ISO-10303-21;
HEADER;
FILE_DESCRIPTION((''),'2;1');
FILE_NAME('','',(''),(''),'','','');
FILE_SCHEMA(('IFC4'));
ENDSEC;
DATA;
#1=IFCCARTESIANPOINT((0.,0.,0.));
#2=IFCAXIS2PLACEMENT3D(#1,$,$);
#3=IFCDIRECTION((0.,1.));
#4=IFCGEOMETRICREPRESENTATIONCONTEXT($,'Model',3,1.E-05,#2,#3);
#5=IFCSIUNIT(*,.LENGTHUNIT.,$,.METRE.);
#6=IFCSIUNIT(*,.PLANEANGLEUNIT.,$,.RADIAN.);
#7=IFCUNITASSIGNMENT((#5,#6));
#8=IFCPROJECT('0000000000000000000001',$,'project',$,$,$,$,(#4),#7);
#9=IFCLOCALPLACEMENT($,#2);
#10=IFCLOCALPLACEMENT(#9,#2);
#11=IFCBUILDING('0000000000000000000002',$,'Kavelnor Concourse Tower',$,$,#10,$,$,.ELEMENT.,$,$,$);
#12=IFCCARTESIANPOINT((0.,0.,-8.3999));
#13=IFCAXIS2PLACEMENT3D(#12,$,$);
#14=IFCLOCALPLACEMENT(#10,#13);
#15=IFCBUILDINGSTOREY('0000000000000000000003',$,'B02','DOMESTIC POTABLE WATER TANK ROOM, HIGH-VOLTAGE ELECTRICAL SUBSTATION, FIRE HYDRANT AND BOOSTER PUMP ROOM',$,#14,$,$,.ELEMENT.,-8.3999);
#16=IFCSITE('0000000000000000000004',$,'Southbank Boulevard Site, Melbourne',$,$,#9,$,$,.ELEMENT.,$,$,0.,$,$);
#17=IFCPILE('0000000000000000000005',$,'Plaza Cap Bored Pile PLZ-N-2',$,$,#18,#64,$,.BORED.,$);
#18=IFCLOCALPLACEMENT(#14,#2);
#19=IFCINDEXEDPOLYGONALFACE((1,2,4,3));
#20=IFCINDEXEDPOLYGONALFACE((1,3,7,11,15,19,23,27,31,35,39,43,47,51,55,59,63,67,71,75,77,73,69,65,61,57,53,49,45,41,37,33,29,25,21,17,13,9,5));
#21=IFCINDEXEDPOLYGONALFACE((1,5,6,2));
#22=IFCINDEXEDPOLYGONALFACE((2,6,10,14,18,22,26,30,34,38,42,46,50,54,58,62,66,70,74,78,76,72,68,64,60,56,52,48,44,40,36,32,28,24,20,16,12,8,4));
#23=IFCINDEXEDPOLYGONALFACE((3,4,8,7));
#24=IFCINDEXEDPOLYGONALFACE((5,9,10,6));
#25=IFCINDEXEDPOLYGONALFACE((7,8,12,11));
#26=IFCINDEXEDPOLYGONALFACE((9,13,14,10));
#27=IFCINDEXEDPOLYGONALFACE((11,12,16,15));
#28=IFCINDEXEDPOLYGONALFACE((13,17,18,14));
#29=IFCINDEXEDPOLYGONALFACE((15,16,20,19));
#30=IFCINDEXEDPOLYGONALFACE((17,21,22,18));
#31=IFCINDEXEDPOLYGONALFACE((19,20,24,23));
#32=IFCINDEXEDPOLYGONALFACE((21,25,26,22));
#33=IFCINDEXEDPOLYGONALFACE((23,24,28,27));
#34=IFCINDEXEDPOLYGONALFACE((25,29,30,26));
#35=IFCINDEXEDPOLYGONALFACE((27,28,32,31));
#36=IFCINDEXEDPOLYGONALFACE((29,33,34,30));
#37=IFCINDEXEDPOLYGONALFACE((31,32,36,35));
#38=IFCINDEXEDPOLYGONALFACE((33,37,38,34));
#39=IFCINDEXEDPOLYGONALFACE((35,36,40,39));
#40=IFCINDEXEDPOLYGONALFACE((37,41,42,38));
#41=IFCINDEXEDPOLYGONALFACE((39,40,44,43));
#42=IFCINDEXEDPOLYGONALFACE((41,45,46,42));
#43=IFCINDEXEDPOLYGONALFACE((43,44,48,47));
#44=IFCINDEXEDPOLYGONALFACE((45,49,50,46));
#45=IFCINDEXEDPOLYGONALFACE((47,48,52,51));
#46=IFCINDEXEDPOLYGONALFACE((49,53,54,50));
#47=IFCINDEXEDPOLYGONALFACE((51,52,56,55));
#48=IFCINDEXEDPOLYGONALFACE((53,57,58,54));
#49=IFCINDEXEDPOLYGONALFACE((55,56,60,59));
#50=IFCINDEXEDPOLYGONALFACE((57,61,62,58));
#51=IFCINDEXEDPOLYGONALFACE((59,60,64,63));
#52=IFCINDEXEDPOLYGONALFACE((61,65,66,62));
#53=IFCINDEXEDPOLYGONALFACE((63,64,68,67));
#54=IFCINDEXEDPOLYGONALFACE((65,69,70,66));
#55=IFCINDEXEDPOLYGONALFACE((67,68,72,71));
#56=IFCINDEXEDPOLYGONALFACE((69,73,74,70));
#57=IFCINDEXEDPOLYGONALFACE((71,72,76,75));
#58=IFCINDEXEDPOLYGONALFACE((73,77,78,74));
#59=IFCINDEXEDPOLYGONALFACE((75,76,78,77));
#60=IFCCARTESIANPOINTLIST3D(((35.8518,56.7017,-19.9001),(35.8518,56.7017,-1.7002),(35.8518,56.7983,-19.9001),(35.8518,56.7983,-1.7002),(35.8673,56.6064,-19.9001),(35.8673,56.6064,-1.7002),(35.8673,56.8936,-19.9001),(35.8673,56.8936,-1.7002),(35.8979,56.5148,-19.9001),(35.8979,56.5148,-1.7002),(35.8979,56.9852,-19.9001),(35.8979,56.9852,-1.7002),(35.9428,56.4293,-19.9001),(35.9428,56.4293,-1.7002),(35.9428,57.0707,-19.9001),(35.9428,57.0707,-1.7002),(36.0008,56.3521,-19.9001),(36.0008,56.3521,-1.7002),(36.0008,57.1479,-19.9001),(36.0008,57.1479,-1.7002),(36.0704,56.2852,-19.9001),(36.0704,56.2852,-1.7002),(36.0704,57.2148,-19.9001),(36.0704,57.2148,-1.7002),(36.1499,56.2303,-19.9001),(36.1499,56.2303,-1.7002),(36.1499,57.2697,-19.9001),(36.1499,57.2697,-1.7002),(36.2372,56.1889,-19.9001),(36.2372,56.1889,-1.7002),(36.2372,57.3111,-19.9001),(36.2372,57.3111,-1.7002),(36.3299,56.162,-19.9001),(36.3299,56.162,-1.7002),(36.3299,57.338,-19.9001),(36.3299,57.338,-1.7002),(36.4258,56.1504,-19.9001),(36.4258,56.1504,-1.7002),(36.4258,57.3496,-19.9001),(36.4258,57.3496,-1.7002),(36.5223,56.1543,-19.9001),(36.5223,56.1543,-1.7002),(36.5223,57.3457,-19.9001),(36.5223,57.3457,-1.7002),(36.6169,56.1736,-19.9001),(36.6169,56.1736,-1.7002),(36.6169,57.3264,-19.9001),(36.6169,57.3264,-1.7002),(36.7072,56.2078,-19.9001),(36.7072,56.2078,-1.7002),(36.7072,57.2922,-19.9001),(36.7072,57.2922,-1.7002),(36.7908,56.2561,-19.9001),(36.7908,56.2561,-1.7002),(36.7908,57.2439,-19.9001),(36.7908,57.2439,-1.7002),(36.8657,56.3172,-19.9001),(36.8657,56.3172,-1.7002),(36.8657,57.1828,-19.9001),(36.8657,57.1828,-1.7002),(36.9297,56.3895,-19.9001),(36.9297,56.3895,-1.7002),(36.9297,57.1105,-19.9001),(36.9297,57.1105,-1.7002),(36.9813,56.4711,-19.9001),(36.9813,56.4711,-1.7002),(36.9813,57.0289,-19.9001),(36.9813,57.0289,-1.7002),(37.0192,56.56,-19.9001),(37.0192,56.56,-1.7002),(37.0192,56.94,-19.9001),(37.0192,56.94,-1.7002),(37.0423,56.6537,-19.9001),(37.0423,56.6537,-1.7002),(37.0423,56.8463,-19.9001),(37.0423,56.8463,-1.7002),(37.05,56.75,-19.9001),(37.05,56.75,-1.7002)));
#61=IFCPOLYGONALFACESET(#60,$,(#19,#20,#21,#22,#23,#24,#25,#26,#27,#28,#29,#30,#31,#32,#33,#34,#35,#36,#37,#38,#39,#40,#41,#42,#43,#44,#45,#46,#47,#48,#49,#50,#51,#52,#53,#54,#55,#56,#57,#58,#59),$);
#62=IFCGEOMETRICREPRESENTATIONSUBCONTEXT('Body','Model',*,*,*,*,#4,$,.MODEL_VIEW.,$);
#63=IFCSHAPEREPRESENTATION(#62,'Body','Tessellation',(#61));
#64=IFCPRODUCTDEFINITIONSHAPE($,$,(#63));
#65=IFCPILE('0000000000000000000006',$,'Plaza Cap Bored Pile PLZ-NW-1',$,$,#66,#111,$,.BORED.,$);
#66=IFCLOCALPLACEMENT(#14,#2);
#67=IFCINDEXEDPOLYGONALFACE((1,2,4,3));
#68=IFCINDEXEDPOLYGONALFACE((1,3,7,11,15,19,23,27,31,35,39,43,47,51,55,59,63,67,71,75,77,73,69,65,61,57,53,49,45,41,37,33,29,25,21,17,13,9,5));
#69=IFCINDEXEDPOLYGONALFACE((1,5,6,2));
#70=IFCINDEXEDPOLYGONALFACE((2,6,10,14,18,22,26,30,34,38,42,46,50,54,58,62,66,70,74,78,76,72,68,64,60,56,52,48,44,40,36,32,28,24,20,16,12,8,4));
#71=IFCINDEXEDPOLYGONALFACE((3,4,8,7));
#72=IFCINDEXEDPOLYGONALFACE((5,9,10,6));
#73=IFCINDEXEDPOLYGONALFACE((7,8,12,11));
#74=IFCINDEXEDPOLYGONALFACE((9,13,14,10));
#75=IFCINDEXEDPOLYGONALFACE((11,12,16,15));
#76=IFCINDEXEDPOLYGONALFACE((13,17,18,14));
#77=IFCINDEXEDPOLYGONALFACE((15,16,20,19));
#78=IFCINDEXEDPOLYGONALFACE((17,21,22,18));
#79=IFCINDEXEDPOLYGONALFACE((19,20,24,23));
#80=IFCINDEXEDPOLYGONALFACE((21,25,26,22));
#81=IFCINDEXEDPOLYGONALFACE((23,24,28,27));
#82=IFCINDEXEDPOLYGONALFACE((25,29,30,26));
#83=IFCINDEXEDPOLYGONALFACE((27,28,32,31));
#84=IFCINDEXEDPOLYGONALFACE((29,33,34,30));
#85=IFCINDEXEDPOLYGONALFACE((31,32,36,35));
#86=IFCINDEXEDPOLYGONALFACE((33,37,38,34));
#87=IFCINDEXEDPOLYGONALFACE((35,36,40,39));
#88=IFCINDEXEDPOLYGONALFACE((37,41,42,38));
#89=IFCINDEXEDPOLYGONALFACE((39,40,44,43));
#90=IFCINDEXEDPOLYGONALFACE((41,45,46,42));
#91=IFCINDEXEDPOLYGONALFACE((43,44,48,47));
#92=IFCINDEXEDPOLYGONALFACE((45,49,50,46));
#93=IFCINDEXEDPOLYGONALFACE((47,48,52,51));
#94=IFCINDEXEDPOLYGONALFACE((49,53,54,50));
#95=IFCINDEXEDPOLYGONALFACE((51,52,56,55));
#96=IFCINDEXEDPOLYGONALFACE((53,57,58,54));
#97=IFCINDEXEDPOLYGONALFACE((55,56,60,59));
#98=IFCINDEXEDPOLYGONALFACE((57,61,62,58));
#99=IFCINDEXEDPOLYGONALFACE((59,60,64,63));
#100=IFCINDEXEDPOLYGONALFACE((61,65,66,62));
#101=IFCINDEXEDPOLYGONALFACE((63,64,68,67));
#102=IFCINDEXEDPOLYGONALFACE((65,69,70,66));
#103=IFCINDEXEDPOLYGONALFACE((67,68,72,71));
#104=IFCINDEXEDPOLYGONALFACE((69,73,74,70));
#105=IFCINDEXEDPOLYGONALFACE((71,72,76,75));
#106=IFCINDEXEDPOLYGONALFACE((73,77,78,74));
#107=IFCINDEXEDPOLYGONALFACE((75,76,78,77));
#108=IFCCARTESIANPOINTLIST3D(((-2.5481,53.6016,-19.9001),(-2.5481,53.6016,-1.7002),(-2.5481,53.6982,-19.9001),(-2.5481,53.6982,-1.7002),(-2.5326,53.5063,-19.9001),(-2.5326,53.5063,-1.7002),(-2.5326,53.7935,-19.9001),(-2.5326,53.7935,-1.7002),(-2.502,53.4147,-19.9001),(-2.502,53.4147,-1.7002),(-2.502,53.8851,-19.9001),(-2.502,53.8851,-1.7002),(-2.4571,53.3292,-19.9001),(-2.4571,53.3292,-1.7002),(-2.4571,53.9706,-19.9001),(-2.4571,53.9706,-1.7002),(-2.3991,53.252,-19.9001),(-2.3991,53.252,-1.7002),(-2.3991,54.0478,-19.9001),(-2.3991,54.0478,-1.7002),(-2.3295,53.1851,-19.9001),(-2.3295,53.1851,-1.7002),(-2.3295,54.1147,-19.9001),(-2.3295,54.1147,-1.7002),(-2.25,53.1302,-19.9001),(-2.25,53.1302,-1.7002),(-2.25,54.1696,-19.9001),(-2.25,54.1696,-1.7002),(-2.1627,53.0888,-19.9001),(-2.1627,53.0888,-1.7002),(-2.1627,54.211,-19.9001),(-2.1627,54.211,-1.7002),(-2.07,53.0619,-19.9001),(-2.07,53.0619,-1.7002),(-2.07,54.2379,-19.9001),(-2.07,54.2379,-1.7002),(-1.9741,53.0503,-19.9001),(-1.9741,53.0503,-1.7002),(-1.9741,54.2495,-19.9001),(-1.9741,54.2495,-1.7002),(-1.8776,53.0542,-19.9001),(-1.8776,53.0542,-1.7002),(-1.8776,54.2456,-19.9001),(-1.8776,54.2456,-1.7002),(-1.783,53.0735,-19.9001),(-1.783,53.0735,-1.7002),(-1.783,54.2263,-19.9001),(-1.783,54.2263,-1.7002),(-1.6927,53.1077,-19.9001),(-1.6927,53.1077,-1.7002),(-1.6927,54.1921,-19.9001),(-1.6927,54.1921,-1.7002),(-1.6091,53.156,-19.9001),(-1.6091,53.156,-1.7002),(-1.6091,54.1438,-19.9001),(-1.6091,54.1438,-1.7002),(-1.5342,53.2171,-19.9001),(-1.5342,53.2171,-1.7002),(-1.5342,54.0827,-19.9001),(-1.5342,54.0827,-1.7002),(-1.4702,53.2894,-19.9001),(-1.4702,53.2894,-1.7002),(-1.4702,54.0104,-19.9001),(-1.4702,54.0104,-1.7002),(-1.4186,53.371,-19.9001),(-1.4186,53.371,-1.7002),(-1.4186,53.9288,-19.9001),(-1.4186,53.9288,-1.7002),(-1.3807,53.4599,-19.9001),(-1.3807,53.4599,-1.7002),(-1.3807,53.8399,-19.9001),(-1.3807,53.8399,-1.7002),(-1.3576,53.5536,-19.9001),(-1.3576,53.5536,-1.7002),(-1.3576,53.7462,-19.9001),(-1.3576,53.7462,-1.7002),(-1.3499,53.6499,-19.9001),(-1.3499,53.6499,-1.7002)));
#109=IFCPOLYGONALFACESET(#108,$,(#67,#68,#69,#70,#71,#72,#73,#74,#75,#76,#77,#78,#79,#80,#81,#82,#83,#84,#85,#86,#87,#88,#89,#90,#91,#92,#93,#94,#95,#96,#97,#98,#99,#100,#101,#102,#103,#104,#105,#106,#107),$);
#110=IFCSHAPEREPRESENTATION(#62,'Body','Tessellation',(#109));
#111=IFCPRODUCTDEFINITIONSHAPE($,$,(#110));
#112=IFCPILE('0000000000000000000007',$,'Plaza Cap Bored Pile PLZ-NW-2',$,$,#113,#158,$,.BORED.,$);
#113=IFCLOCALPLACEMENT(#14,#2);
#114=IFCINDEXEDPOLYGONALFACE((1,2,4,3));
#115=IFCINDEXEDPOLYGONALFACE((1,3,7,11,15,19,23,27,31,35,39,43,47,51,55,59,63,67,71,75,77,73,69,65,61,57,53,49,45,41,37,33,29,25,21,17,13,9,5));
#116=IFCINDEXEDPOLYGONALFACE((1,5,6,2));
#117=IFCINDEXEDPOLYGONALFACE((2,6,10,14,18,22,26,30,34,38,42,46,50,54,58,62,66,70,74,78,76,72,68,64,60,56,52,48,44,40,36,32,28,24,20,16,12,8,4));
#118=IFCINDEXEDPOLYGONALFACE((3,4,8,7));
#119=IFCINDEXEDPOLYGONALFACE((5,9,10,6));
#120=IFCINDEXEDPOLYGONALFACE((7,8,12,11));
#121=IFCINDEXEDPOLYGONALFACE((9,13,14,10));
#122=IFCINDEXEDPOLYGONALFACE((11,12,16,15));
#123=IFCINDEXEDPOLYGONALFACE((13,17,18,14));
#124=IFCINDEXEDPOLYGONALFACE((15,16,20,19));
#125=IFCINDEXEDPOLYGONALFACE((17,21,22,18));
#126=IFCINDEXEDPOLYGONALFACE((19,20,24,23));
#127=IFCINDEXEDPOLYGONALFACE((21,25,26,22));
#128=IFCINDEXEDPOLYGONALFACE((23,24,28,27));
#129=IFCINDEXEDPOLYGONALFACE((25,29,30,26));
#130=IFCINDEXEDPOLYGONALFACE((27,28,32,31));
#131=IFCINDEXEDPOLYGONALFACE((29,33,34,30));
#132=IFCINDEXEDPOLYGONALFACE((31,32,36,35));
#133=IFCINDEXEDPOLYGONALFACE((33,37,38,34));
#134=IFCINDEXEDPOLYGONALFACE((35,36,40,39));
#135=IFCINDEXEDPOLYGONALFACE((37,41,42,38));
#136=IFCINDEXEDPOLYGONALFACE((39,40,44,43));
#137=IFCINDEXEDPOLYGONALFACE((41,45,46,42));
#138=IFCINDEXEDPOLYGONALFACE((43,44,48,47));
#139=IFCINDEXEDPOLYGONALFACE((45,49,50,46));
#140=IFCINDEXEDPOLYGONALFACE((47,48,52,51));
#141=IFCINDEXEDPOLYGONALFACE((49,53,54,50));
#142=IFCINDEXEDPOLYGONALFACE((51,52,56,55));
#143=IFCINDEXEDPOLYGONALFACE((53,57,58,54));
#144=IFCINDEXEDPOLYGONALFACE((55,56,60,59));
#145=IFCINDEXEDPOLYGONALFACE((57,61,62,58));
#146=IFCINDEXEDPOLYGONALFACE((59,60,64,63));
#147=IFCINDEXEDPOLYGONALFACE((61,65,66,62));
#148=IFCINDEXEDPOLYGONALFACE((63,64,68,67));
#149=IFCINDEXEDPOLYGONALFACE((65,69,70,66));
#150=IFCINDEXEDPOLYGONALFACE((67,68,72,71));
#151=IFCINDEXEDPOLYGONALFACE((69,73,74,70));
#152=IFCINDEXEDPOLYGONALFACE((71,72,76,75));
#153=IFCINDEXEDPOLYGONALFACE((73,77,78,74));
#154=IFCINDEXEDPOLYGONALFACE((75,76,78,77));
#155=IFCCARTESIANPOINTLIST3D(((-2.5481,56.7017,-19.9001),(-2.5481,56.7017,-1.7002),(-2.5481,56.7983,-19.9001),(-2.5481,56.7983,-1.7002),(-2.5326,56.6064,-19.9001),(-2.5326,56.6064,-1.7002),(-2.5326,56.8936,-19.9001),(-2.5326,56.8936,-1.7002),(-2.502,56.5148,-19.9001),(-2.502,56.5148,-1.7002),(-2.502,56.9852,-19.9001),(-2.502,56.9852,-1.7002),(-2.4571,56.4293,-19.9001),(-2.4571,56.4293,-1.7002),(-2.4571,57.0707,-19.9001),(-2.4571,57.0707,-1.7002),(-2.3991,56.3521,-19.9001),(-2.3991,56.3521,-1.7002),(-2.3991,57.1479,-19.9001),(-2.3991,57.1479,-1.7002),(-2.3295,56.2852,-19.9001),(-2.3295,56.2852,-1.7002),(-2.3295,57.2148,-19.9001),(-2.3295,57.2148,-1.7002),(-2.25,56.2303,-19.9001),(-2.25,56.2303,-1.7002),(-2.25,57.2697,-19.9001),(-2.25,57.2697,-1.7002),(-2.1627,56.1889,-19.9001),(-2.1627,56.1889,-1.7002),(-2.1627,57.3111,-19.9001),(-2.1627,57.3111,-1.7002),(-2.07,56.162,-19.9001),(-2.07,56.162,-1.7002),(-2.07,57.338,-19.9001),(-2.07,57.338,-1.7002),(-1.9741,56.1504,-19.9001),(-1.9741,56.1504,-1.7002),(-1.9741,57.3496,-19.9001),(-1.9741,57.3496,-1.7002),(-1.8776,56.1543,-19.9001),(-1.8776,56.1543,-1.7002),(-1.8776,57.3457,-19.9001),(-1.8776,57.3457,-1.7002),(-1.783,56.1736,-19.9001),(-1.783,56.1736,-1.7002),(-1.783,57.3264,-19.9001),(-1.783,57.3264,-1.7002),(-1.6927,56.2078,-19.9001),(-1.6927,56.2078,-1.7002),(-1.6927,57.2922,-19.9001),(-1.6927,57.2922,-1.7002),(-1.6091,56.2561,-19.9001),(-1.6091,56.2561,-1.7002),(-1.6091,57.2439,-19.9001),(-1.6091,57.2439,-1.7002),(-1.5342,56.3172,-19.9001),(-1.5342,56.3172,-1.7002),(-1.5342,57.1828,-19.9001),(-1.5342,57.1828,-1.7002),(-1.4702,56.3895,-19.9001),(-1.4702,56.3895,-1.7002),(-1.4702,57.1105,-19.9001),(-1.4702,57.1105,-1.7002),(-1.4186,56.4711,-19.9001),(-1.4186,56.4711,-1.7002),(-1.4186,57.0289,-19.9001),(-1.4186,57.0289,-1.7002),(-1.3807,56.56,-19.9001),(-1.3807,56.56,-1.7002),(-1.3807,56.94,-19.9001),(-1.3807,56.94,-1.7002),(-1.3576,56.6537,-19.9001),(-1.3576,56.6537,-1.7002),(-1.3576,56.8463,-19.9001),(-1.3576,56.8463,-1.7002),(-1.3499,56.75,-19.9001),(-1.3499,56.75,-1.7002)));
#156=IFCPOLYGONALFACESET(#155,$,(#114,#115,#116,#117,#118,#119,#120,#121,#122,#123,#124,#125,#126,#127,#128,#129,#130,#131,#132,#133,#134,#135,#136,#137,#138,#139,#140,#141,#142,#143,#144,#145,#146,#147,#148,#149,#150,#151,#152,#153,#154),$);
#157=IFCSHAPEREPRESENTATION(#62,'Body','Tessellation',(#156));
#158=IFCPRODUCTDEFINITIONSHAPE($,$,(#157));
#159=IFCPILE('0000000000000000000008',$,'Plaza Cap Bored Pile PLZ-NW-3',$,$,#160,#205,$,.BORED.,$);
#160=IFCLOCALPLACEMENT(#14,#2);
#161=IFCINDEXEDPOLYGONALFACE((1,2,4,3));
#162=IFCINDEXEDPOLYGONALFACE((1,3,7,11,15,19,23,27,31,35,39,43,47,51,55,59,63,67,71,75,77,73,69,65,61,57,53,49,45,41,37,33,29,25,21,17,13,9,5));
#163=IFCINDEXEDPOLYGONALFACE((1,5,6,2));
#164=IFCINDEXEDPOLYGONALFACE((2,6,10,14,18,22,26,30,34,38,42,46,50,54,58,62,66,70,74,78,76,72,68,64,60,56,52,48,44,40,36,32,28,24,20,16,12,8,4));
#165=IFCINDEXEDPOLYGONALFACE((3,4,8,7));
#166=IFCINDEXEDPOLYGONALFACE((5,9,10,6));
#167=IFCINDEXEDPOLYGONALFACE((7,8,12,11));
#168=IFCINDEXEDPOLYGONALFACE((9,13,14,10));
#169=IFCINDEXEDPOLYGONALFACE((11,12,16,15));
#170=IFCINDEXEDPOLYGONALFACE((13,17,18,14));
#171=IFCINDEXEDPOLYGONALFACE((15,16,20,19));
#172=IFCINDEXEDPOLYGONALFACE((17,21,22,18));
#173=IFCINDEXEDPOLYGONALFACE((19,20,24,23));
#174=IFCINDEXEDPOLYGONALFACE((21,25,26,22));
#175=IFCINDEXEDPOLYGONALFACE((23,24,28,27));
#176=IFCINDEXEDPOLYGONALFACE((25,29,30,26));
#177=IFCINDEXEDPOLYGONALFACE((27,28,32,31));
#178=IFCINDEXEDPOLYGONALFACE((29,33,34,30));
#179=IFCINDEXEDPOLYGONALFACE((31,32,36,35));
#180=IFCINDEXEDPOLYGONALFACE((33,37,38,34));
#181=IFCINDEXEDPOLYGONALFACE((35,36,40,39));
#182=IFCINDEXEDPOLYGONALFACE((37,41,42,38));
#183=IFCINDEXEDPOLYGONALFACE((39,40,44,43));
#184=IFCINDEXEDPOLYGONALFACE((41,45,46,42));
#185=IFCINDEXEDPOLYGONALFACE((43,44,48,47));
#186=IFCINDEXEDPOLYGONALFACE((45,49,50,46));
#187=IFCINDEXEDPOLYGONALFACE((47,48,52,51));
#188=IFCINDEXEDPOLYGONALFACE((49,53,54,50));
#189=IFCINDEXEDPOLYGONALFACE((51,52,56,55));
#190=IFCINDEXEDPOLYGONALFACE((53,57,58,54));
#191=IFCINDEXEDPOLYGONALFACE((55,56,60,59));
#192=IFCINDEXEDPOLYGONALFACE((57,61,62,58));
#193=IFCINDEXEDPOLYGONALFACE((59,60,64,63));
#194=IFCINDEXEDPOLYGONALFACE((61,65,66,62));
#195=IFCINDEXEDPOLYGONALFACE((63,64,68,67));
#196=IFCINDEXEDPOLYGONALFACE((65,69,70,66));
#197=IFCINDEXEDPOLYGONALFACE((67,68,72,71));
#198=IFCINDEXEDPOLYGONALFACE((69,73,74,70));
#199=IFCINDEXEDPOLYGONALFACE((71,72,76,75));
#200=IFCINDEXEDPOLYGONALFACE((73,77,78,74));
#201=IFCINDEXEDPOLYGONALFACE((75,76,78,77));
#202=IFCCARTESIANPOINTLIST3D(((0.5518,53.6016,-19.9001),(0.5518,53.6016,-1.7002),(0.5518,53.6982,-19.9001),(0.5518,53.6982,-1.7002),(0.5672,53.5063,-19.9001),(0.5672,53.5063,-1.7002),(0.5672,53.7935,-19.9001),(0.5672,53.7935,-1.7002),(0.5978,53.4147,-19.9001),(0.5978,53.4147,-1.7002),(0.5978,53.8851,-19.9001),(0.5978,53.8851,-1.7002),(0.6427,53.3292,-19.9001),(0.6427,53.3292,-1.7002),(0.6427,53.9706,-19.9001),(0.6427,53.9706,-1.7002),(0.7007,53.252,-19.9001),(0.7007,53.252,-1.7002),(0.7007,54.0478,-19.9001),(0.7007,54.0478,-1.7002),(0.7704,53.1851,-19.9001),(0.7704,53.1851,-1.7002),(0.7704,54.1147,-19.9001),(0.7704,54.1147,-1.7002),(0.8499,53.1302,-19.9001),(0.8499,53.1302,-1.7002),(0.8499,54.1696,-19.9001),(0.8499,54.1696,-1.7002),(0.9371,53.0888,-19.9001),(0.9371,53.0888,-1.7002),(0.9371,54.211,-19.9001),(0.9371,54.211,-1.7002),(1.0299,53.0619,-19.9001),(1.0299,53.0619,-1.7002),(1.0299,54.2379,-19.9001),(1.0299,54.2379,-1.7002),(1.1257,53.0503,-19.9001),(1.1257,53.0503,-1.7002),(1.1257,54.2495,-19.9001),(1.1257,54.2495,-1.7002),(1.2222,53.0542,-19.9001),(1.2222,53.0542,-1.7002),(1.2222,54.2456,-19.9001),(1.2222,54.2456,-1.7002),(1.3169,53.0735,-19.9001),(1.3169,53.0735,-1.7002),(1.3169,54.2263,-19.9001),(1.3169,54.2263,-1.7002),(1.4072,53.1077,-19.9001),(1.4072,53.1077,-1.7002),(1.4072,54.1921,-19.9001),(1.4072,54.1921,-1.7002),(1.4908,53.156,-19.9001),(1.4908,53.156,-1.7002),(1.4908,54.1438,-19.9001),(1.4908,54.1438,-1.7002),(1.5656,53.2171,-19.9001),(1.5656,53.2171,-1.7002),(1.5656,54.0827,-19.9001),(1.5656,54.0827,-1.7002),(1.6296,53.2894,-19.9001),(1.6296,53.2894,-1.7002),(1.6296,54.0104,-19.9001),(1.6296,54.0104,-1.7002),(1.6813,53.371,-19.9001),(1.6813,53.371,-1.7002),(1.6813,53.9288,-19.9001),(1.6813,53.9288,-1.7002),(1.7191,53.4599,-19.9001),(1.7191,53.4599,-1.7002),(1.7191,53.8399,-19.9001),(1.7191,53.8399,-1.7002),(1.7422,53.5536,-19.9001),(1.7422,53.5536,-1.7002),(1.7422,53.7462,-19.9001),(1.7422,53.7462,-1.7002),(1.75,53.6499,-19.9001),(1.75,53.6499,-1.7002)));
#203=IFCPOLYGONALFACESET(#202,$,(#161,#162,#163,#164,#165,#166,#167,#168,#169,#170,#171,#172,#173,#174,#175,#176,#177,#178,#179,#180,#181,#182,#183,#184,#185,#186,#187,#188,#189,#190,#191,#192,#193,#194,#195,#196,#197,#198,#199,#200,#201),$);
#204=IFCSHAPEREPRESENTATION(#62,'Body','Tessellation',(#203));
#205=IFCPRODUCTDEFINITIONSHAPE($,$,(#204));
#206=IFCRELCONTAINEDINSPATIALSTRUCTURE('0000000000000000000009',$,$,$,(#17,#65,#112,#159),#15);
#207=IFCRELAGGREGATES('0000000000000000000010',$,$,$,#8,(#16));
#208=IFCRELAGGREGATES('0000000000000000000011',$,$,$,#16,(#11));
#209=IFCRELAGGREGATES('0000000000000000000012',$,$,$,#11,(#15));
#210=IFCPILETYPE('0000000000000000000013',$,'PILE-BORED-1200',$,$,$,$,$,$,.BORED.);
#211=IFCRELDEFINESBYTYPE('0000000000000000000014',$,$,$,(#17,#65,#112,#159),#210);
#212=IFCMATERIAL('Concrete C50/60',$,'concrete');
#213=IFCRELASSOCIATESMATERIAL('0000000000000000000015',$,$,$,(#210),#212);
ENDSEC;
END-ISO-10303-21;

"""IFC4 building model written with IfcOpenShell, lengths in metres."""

from ifc_helpers import new_model, si_unit, direction, frame, origin, origin_2d, place, context, subcontext, project, spatial, circle, extrude, material, material_profile, profile_set, type_object, element, save


model = new_model("IFC4")

# Units and contexts
model_context = context("Model", 3, precision=1e-05, world=origin(), true_north=direction((0.0, 1.0)))
body_context = subcontext(model_context, "Body", "Model", "MODEL_VIEW")
ifc_project = project(units=[si_unit("LENGTHUNIT", "METRE"), si_unit("PLANEANGLEUNIT", "RADIAN")], contexts=[model_context])

# Site, building, storey
site_placement = place(None, origin())
site = spatial("IfcSite", under=ifc_project, at=site_placement, Name="Southbank Boulevard Site, Melbourne", CompositionType="ELEMENT", RefElevation=0.0)
building_placement = place(site_placement, origin())
building = spatial("IfcBuilding", under=site, at=building_placement, Name="Kavelnor Concourse Tower", CompositionType="ELEMENT")
storey_placement = place(building_placement, frame((0.0, 0.0, -8.3999)))
storey = spatial("IfcBuildingStorey", under=building, at=storey_placement, Name="B02", Description="DOMESTIC POTABLE WATER TANK ROOM, HIGH-VOLTAGE ELECTRICAL SUBSTATION, FIRE HYDRANT AND BOOSTER PUMP ROOM", CompositionType="ELEMENT", Elevation=-8.3999)

# Shared definitions
ifc_material_1 = material(Name="Concrete C50/60", Category="concrete")

# Piles
ifc_material_profile_1 = material_profile(ifc_material_1, circle(Radius=0.6001, at=origin_2d()), Name="PILE-D1200")
ifc_profile_set_1 = profile_set([ifc_material_profile_1], Name="Concrete C50/60")
pile_type_1 = type_object("IfcPileType", Name="PILE-BORED-1200", PredefinedType="BORED", material=ifc_profile_set_1)
for number, where, z_axis, x_axis, name in (
    (1, (36.45, 56.75, -1.7002), (0.0, 0.0, -1.0), (1.0, 0.0, 0.0), "Plaza Cap Bored Pile PLZ-N-2"),
    (2, (-1.95, 53.6499, -1.7002), (0.0, 0.0, -1.0), (1.0, 0.0, 0.0), "Plaza Cap Bored Pile PLZ-NW-1"),
    (3, (-1.95, 56.75, -1.7002), (0.0, 0.0, -1.0), (1.0, 0.0, 0.0), "Plaza Cap Bored Pile PLZ-NW-2"),
    (4, (1.1499, 53.6499, -1.7002), (0.0, 0.0, -1.0), (1.0, 0.0, 0.0), "Plaza Cap Bored Pile PLZ-NW-3"),
):
    element("IfcPile", number, at=place(storey_placement, frame(where, z_axis=z_axis, x_axis=x_axis)), inside=storey, type_object=pile_type_1, Name=name, PredefinedType="BORED", context=body_context, shape_type="SweptSolid", body=[
        extrude(circle(Radius=0.6001, at=origin_2d()), origin(), (0.0, 0.0, 1.0), 18.2),
    ])

save(model, "model.ifc")
